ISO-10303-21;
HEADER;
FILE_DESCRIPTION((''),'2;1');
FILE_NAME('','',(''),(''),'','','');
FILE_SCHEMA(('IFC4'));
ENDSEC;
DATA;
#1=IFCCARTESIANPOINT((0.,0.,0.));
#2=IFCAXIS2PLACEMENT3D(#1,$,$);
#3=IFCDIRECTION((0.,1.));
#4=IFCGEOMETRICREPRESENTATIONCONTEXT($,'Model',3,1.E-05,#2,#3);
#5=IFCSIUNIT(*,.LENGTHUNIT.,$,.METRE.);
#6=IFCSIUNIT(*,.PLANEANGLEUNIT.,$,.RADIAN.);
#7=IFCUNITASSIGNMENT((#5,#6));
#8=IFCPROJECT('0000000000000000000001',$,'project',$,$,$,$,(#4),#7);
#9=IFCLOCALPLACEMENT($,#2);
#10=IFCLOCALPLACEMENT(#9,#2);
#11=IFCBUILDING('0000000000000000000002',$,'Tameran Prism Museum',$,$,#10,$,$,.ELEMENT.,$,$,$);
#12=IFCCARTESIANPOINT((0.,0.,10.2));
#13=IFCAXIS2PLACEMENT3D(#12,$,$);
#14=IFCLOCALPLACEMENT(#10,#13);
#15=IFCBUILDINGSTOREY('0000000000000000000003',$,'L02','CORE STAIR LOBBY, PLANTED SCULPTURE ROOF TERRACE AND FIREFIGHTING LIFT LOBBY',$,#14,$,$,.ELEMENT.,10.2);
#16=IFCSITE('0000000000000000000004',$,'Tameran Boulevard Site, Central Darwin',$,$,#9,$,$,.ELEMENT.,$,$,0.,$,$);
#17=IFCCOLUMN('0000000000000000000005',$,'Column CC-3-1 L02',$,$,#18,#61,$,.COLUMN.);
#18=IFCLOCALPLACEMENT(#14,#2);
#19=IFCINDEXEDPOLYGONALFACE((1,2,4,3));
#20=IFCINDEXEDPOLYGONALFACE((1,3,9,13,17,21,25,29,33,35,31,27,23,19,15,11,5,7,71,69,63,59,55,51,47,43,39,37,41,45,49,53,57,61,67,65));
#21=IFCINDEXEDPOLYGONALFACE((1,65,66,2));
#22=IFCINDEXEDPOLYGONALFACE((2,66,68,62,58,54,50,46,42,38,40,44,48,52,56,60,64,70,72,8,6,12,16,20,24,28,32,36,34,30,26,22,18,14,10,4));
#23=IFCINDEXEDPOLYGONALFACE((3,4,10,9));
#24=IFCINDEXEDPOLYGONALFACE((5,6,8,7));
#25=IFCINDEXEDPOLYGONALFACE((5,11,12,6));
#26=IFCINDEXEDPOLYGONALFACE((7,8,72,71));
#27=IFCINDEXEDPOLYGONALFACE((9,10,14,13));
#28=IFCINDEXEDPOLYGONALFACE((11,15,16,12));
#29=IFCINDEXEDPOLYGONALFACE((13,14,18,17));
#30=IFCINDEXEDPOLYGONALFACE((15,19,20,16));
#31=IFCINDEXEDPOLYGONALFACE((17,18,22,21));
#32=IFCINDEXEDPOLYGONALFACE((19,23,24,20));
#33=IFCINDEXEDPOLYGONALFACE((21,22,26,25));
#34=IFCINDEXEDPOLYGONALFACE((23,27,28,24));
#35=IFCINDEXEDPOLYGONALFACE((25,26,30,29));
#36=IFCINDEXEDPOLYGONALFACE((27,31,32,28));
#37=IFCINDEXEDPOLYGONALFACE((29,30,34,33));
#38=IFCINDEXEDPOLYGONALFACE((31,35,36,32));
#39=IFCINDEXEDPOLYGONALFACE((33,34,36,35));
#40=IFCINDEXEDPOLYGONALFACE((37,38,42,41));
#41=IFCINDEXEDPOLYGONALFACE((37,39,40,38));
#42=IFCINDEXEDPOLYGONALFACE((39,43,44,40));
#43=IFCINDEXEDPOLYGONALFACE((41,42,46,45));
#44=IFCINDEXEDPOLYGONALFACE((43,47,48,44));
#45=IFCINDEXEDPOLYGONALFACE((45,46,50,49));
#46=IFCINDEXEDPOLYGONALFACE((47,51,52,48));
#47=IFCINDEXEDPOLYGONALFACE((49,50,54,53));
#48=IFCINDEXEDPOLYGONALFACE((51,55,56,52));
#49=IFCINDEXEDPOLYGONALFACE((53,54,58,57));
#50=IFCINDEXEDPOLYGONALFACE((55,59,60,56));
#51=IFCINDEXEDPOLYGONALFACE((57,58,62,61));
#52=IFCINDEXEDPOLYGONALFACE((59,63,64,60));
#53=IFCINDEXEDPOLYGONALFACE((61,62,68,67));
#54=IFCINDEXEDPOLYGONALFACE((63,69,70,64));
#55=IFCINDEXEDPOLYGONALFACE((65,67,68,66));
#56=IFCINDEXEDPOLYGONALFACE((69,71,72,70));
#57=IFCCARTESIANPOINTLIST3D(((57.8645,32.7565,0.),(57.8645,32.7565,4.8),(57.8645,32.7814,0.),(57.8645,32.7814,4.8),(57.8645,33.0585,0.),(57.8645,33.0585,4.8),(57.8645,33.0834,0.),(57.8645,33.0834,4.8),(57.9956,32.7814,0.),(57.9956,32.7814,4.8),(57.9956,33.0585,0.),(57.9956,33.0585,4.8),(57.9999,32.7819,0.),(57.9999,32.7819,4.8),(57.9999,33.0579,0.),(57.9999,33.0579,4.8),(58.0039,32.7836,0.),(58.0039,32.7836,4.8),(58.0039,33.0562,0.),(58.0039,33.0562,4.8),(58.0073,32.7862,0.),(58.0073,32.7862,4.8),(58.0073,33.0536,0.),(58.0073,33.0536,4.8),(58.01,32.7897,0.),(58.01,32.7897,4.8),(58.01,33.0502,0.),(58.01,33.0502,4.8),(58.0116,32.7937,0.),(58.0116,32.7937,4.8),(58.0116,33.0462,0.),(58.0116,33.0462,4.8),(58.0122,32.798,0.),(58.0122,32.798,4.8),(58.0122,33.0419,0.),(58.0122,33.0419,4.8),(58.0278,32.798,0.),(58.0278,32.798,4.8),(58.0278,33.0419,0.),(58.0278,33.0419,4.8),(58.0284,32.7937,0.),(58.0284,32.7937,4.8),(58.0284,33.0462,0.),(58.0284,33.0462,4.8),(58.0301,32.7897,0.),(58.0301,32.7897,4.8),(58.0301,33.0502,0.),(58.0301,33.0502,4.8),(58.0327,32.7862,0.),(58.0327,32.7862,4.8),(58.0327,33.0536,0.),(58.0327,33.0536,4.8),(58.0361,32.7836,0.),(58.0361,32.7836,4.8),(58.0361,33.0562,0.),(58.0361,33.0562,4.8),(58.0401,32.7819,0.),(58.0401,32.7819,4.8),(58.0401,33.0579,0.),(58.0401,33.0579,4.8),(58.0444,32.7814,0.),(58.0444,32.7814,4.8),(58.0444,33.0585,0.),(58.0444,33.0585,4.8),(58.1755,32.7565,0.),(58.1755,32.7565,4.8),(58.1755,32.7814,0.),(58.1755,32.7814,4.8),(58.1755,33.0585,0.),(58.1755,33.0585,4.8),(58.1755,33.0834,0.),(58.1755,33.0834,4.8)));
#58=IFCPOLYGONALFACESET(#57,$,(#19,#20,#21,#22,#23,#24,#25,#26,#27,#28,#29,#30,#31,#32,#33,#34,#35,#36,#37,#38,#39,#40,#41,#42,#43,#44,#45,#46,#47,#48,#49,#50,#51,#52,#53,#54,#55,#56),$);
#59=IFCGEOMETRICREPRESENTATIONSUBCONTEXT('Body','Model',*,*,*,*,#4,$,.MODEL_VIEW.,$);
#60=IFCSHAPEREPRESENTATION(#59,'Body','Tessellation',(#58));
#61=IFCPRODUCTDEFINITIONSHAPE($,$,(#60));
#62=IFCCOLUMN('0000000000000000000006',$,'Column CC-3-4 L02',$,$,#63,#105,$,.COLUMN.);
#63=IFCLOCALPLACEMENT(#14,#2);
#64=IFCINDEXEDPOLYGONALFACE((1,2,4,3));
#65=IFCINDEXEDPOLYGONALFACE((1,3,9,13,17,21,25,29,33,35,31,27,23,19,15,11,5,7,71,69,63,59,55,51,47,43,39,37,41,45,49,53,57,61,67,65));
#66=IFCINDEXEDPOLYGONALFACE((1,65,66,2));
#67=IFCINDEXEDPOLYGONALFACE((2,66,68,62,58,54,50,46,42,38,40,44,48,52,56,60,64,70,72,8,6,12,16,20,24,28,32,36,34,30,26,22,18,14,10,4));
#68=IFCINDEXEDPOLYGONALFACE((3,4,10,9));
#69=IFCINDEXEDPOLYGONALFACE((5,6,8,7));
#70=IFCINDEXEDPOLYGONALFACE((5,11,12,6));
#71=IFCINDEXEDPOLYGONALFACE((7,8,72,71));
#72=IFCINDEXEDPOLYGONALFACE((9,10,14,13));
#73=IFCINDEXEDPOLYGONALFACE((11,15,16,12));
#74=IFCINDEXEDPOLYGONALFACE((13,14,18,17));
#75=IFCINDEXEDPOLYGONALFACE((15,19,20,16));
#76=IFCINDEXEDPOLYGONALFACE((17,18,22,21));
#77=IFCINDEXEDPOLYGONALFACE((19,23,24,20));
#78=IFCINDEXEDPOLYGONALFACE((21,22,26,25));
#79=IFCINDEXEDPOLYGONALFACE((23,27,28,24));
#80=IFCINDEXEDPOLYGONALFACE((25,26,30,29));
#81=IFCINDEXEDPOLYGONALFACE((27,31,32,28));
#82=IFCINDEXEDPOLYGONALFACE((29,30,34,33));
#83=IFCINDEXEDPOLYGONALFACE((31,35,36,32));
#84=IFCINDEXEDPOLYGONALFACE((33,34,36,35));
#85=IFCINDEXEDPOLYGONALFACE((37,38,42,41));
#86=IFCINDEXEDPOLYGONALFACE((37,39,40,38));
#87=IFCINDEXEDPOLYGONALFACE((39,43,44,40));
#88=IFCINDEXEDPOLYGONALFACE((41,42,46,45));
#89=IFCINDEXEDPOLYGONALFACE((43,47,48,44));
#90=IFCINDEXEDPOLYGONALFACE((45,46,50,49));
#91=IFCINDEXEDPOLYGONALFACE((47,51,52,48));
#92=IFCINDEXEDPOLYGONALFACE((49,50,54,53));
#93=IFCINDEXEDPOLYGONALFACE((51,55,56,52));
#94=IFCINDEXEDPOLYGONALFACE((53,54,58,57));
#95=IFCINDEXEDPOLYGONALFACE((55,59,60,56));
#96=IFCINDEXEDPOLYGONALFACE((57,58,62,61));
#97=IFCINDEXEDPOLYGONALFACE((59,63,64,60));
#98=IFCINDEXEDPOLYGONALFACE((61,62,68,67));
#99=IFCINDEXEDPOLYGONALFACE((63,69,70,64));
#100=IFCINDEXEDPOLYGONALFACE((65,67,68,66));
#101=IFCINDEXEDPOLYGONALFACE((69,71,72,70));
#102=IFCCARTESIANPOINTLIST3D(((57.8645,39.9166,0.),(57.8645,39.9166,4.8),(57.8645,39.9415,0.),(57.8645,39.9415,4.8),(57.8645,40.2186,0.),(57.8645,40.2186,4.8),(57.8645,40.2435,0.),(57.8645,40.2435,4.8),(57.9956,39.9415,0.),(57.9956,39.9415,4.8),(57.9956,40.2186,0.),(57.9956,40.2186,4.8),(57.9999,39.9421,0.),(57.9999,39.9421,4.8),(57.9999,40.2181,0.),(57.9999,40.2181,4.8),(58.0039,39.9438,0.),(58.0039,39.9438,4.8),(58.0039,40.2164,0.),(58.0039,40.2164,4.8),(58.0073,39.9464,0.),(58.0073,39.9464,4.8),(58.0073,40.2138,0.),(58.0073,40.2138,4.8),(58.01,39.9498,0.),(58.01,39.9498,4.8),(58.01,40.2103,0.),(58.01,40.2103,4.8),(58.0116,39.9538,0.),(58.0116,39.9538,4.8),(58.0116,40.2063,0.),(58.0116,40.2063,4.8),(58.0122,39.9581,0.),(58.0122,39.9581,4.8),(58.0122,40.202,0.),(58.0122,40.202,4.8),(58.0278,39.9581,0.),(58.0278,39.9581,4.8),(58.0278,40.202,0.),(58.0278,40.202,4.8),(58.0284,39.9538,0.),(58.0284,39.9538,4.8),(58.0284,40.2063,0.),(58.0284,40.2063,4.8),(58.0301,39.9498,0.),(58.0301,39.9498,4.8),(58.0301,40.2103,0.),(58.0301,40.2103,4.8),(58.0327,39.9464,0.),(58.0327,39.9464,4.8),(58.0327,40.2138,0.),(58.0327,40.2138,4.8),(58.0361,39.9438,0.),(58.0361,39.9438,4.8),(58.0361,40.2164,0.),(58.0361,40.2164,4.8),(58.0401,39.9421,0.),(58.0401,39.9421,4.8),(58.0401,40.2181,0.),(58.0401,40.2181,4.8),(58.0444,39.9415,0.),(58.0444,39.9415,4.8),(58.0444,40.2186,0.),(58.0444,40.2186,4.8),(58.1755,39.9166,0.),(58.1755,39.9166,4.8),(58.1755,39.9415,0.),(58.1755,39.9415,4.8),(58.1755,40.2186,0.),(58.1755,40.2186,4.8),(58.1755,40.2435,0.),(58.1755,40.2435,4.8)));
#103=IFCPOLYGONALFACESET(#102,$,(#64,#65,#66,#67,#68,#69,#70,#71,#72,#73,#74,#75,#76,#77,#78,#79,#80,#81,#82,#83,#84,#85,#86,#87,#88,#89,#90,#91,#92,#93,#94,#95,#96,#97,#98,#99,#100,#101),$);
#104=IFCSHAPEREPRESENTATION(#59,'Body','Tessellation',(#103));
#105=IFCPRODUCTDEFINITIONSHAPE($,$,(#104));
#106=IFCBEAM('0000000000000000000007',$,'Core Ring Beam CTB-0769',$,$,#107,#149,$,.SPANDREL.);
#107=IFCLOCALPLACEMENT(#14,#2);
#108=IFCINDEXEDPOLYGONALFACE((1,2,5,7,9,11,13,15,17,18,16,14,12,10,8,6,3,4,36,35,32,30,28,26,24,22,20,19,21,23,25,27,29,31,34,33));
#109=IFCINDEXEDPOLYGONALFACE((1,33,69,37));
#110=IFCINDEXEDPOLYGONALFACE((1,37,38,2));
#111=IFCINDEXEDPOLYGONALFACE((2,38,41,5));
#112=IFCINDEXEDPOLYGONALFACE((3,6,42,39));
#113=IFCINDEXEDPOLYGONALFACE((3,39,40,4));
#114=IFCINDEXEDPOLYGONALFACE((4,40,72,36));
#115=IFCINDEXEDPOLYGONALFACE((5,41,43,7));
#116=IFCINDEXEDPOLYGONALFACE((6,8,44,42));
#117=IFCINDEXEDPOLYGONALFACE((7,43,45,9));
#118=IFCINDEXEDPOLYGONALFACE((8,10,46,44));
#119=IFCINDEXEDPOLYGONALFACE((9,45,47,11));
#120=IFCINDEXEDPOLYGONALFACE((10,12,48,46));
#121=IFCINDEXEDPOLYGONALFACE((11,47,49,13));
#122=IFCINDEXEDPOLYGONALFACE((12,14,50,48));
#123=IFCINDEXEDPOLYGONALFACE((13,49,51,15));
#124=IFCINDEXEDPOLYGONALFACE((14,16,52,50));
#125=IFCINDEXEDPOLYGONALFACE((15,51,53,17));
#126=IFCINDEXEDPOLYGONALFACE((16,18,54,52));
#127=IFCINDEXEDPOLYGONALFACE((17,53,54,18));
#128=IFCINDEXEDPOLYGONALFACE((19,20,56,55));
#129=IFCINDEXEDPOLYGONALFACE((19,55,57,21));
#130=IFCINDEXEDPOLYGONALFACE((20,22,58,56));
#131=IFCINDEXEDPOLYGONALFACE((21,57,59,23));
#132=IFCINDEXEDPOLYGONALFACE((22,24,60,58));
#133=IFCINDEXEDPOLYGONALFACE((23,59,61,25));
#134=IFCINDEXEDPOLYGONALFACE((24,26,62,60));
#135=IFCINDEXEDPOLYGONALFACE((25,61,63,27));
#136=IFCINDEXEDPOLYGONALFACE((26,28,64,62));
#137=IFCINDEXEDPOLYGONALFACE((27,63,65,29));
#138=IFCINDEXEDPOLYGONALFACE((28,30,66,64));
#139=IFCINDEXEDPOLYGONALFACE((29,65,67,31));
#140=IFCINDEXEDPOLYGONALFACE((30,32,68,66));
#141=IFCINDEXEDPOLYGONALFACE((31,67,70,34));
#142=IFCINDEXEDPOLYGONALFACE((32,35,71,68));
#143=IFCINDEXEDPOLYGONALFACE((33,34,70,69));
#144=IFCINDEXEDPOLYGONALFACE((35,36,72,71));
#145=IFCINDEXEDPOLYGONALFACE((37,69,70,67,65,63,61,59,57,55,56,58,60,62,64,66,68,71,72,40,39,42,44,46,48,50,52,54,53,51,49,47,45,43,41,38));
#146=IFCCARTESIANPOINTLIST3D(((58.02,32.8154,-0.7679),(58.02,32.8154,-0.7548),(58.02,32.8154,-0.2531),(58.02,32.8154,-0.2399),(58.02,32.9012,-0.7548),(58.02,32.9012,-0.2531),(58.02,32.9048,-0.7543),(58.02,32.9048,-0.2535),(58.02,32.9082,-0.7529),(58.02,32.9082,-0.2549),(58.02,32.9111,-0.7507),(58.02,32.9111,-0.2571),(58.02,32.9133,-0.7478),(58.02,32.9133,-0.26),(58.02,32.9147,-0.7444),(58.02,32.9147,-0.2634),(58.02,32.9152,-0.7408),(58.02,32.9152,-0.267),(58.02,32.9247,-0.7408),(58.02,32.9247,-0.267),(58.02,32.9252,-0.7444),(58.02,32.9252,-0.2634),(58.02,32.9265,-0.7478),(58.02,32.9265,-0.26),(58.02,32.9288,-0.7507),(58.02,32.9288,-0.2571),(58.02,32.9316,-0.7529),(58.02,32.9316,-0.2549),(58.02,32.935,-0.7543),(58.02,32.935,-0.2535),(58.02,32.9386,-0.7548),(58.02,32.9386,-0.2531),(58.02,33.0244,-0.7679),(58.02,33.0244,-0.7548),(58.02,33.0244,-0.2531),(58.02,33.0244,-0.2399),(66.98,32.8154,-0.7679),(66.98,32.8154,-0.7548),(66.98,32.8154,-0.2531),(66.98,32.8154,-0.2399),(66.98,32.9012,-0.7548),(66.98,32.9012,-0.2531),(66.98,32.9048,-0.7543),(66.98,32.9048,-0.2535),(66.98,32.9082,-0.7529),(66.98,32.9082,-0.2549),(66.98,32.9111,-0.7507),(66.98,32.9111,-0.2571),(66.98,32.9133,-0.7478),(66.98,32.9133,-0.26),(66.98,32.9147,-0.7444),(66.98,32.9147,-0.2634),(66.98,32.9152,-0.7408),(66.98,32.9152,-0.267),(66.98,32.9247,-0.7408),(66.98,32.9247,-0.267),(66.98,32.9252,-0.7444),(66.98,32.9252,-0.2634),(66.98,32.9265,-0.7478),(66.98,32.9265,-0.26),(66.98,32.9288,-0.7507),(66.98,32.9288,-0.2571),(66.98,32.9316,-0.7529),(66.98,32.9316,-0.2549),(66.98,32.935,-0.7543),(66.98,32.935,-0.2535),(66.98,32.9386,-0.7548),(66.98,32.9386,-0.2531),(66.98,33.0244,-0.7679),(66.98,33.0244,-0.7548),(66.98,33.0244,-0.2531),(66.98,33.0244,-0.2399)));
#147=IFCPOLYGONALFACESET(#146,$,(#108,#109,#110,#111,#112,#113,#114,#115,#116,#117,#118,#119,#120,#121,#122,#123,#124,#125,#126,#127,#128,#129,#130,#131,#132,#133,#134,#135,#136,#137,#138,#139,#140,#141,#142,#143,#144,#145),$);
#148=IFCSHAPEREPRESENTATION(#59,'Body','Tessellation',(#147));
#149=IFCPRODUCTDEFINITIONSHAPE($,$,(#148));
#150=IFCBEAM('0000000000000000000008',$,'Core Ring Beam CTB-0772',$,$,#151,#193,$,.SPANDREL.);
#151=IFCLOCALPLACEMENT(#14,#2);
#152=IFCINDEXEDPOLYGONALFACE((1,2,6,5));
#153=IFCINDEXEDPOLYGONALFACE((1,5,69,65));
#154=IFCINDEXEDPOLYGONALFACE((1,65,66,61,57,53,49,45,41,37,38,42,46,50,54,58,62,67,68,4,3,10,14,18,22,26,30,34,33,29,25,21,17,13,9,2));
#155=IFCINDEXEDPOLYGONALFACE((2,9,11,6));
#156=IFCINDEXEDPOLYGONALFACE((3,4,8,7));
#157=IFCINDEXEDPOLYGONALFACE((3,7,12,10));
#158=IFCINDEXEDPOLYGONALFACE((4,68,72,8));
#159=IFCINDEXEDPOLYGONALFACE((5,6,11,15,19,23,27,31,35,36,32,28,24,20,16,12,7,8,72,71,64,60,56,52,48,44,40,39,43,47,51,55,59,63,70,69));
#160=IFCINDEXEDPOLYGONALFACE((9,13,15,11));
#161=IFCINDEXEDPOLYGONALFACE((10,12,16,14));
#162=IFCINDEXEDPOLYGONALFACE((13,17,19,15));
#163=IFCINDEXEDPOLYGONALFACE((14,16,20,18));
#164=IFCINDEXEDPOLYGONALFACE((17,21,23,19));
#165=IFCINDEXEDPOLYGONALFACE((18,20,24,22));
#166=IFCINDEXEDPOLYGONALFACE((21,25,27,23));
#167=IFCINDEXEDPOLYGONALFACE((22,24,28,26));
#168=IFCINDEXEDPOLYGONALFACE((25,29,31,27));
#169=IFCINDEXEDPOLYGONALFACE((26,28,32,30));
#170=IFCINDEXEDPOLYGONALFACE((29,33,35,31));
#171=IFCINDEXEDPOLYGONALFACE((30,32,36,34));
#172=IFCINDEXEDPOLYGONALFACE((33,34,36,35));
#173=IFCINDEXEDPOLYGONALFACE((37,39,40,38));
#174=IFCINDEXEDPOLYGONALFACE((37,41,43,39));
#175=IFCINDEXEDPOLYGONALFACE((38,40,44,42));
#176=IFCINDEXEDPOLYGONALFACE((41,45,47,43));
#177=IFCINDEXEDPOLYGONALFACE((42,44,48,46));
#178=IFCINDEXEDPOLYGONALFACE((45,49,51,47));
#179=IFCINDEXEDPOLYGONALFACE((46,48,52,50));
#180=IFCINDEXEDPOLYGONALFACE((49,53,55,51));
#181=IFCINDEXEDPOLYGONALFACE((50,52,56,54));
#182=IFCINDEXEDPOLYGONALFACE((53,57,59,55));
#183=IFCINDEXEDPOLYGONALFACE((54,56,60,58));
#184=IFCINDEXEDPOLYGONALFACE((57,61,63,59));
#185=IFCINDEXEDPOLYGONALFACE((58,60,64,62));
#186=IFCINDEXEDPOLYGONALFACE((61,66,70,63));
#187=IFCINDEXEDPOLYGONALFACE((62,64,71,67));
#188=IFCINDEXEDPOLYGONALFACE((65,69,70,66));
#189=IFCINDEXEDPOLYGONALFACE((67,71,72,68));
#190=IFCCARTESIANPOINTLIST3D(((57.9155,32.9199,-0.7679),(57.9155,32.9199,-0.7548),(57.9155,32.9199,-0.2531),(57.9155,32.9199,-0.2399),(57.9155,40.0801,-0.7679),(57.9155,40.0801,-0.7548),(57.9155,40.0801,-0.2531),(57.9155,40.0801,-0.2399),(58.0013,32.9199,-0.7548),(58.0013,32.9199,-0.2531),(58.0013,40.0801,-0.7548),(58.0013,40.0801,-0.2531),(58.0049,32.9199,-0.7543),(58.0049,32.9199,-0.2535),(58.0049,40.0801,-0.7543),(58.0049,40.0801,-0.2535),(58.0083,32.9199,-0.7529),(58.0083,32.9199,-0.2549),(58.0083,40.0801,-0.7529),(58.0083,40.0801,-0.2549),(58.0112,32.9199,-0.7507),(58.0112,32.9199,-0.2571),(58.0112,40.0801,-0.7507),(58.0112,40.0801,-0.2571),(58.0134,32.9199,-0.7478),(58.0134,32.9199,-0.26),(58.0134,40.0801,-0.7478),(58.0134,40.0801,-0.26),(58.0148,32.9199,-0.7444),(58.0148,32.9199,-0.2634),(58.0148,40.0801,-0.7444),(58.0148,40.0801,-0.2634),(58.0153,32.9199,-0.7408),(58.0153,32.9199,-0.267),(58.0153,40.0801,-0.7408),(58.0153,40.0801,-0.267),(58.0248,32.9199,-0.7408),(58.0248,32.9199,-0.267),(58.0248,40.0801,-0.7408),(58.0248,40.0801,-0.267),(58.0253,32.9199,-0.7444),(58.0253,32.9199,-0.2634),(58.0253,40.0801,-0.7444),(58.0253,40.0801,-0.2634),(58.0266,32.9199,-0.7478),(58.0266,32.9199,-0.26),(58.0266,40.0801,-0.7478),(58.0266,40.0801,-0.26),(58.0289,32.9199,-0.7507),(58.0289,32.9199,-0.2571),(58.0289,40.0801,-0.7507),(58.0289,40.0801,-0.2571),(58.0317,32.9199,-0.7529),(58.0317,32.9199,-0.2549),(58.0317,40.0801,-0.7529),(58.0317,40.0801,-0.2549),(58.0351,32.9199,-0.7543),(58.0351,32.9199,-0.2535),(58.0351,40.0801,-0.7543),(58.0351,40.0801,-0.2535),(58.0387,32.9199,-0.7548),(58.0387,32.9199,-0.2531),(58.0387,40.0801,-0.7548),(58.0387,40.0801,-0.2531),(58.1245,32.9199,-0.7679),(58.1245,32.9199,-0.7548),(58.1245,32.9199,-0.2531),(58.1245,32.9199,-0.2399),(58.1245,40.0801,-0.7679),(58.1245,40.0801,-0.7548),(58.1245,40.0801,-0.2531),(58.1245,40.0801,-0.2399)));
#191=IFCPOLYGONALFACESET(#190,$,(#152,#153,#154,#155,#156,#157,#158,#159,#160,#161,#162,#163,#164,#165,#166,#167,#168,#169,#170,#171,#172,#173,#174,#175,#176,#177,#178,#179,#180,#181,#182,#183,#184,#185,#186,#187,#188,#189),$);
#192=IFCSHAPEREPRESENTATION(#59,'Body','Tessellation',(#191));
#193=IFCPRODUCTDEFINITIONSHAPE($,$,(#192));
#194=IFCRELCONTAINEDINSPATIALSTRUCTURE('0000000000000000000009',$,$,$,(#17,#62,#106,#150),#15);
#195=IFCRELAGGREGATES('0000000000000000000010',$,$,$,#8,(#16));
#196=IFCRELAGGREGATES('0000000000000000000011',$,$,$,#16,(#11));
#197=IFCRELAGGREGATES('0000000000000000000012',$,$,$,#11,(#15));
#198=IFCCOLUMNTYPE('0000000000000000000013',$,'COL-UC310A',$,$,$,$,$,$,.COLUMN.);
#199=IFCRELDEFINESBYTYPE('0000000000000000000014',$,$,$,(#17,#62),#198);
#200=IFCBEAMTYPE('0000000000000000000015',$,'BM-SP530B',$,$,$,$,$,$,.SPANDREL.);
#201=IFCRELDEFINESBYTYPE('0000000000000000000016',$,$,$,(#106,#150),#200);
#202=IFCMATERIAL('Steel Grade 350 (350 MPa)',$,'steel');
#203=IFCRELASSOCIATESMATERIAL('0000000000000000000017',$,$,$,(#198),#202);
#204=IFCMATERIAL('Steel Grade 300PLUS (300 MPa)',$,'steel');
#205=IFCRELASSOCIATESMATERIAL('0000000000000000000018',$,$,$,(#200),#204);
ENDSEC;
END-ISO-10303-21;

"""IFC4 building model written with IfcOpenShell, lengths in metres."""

from ifc_helpers import new_model, si_unit, direction, frame, origin, origin_2d, place, context, subcontext, project, spatial, i_section, extrude, material, material_profile, profile_set, type_object, element, save


model = new_model("IFC4")

# Units and contexts
model_context = context("Model", 3, precision=1e-05, world=origin(), true_north=direction((0.0, 1.0)))
body_context = subcontext(model_context, "Body", "Model", "MODEL_VIEW")
ifc_project = project(units=[si_unit("LENGTHUNIT", "METRE"), si_unit("PLANEANGLEUNIT", "RADIAN")], contexts=[model_context])

# Site, building, storey
site_placement = place(None, origin())
site = spatial("IfcSite", under=ifc_project, at=site_placement, Name="Tameran Boulevard Site, Central Darwin", CompositionType="ELEMENT", RefElevation=0.0)
building_placement = place(site_placement, origin())
building = spatial("IfcBuilding", under=site, at=building_placement, Name="Tameran Prism Museum", CompositionType="ELEMENT")
storey_placement = place(building_placement, frame((0.0, 0.0, 10.2)))
storey = spatial("IfcBuildingStorey", under=building, at=storey_placement, Name="L02", Description="CORE STAIR LOBBY, PLANTED SCULPTURE ROOF TERRACE AND FIREFIGHTING LIFT LOBBY", CompositionType="ELEMENT", Elevation=10.2)

# Columns
ifc_material_1 = material(Name="Steel Grade 350 (350 MPa)", Category="steel")
ifc_material_profile_1 = material_profile(ifc_material_1, i_section(OverallWidth=0.311, OverallDepth=0.3269, WebThickness=0.0156, FlangeThickness=0.0249, FilletRadius=0.0166, at=origin_2d()))
ifc_profile_set_1 = profile_set([ifc_material_profile_1])
column_type = type_object("IfcColumnType", Name="COL-UC310A", PredefinedType="COLUMN", material=ifc_profile_set_1)
for number, where, z_axis, x_axis, name in (
    (1, (58.02, 32.9199, 0.0), (0.0, 0.0, 1.0), (1.0, 0.0, 0.0), "Column CC-3-1 L02"),
    (2, (58.02, 40.0801, 0.0), (0.0, 0.0, 1.0), (1.0, 0.0, 0.0), "Column CC-3-4 L02"),
):
    element("IfcColumn", number, at=place(storey_placement, frame(where, z_axis=z_axis, x_axis=x_axis)), inside=storey, type_object=column_type, Name=name, PredefinedType="COLUMN", context=body_context, shape_type="SweptSolid", body=[
        extrude(i_section(OverallWidth=0.311, OverallDepth=0.3269, WebThickness=0.0156, FlangeThickness=0.0249, FilletRadius=0.0166, at=origin_2d()), origin(), (0.0, 0.0, 1.0), 4.8),
    ])

# Beams
ifc_material_2 = material(Name="Steel Grade 300PLUS (300 MPa)", Category="steel")
ifc_material_profile_2 = material_profile(ifc_material_2, i_section(OverallWidth=0.209, OverallDepth=0.5281, WebThickness=0.0095, FlangeThickness=0.0132, FilletRadius=0.0139, at=origin_2d()))
ifc_profile_set_2 = profile_set([ifc_material_profile_2])
beam_type_1 = type_object("IfcBeamType", Name="BM-SP530B", PredefinedType="SPANDREL", material=ifc_profile_set_2)
beam_1_placement = place(storey_placement, frame((58.02, 32.9199, -0.5039), z_axis=(1.0, 0.0, 0.0), x_axis=(0.0, 1.0, 0.0)))
element("IfcBeam", 3, at=beam_1_placement, inside=storey, type_object=beam_type_1, Name="Core Ring Beam CTB-0769", PredefinedType="SPANDREL", context=body_context, shape_type="SweptSolid", body=[
    extrude(i_section(OverallWidth=0.209, OverallDepth=0.5281, WebThickness=0.0095, FlangeThickness=0.0132, FilletRadius=0.0139, at=origin_2d()), origin(), (0.0, 0.0, 1.0), 8.96),
])
beam_2_placement = place(storey_placement, frame((58.02, 40.0801, -0.5039), z_axis=(0.0, -1.0, 0.0), x_axis=(1.0, 0.0, 0.0)))
element("IfcBeam", 4, at=beam_2_placement, inside=storey, type_object=beam_type_1, Name="Core Ring Beam CTB-0772", PredefinedType="SPANDREL", context=body_context, shape_type="SweptSolid", body=[
    extrude(i_section(OverallWidth=0.209, OverallDepth=0.5281, WebThickness=0.0095, FlangeThickness=0.0132, FilletRadius=0.0139, at=origin_2d()), origin(), (0.0, 0.0, 1.0), 7.1602),
])

save(model, "model.ifc")
